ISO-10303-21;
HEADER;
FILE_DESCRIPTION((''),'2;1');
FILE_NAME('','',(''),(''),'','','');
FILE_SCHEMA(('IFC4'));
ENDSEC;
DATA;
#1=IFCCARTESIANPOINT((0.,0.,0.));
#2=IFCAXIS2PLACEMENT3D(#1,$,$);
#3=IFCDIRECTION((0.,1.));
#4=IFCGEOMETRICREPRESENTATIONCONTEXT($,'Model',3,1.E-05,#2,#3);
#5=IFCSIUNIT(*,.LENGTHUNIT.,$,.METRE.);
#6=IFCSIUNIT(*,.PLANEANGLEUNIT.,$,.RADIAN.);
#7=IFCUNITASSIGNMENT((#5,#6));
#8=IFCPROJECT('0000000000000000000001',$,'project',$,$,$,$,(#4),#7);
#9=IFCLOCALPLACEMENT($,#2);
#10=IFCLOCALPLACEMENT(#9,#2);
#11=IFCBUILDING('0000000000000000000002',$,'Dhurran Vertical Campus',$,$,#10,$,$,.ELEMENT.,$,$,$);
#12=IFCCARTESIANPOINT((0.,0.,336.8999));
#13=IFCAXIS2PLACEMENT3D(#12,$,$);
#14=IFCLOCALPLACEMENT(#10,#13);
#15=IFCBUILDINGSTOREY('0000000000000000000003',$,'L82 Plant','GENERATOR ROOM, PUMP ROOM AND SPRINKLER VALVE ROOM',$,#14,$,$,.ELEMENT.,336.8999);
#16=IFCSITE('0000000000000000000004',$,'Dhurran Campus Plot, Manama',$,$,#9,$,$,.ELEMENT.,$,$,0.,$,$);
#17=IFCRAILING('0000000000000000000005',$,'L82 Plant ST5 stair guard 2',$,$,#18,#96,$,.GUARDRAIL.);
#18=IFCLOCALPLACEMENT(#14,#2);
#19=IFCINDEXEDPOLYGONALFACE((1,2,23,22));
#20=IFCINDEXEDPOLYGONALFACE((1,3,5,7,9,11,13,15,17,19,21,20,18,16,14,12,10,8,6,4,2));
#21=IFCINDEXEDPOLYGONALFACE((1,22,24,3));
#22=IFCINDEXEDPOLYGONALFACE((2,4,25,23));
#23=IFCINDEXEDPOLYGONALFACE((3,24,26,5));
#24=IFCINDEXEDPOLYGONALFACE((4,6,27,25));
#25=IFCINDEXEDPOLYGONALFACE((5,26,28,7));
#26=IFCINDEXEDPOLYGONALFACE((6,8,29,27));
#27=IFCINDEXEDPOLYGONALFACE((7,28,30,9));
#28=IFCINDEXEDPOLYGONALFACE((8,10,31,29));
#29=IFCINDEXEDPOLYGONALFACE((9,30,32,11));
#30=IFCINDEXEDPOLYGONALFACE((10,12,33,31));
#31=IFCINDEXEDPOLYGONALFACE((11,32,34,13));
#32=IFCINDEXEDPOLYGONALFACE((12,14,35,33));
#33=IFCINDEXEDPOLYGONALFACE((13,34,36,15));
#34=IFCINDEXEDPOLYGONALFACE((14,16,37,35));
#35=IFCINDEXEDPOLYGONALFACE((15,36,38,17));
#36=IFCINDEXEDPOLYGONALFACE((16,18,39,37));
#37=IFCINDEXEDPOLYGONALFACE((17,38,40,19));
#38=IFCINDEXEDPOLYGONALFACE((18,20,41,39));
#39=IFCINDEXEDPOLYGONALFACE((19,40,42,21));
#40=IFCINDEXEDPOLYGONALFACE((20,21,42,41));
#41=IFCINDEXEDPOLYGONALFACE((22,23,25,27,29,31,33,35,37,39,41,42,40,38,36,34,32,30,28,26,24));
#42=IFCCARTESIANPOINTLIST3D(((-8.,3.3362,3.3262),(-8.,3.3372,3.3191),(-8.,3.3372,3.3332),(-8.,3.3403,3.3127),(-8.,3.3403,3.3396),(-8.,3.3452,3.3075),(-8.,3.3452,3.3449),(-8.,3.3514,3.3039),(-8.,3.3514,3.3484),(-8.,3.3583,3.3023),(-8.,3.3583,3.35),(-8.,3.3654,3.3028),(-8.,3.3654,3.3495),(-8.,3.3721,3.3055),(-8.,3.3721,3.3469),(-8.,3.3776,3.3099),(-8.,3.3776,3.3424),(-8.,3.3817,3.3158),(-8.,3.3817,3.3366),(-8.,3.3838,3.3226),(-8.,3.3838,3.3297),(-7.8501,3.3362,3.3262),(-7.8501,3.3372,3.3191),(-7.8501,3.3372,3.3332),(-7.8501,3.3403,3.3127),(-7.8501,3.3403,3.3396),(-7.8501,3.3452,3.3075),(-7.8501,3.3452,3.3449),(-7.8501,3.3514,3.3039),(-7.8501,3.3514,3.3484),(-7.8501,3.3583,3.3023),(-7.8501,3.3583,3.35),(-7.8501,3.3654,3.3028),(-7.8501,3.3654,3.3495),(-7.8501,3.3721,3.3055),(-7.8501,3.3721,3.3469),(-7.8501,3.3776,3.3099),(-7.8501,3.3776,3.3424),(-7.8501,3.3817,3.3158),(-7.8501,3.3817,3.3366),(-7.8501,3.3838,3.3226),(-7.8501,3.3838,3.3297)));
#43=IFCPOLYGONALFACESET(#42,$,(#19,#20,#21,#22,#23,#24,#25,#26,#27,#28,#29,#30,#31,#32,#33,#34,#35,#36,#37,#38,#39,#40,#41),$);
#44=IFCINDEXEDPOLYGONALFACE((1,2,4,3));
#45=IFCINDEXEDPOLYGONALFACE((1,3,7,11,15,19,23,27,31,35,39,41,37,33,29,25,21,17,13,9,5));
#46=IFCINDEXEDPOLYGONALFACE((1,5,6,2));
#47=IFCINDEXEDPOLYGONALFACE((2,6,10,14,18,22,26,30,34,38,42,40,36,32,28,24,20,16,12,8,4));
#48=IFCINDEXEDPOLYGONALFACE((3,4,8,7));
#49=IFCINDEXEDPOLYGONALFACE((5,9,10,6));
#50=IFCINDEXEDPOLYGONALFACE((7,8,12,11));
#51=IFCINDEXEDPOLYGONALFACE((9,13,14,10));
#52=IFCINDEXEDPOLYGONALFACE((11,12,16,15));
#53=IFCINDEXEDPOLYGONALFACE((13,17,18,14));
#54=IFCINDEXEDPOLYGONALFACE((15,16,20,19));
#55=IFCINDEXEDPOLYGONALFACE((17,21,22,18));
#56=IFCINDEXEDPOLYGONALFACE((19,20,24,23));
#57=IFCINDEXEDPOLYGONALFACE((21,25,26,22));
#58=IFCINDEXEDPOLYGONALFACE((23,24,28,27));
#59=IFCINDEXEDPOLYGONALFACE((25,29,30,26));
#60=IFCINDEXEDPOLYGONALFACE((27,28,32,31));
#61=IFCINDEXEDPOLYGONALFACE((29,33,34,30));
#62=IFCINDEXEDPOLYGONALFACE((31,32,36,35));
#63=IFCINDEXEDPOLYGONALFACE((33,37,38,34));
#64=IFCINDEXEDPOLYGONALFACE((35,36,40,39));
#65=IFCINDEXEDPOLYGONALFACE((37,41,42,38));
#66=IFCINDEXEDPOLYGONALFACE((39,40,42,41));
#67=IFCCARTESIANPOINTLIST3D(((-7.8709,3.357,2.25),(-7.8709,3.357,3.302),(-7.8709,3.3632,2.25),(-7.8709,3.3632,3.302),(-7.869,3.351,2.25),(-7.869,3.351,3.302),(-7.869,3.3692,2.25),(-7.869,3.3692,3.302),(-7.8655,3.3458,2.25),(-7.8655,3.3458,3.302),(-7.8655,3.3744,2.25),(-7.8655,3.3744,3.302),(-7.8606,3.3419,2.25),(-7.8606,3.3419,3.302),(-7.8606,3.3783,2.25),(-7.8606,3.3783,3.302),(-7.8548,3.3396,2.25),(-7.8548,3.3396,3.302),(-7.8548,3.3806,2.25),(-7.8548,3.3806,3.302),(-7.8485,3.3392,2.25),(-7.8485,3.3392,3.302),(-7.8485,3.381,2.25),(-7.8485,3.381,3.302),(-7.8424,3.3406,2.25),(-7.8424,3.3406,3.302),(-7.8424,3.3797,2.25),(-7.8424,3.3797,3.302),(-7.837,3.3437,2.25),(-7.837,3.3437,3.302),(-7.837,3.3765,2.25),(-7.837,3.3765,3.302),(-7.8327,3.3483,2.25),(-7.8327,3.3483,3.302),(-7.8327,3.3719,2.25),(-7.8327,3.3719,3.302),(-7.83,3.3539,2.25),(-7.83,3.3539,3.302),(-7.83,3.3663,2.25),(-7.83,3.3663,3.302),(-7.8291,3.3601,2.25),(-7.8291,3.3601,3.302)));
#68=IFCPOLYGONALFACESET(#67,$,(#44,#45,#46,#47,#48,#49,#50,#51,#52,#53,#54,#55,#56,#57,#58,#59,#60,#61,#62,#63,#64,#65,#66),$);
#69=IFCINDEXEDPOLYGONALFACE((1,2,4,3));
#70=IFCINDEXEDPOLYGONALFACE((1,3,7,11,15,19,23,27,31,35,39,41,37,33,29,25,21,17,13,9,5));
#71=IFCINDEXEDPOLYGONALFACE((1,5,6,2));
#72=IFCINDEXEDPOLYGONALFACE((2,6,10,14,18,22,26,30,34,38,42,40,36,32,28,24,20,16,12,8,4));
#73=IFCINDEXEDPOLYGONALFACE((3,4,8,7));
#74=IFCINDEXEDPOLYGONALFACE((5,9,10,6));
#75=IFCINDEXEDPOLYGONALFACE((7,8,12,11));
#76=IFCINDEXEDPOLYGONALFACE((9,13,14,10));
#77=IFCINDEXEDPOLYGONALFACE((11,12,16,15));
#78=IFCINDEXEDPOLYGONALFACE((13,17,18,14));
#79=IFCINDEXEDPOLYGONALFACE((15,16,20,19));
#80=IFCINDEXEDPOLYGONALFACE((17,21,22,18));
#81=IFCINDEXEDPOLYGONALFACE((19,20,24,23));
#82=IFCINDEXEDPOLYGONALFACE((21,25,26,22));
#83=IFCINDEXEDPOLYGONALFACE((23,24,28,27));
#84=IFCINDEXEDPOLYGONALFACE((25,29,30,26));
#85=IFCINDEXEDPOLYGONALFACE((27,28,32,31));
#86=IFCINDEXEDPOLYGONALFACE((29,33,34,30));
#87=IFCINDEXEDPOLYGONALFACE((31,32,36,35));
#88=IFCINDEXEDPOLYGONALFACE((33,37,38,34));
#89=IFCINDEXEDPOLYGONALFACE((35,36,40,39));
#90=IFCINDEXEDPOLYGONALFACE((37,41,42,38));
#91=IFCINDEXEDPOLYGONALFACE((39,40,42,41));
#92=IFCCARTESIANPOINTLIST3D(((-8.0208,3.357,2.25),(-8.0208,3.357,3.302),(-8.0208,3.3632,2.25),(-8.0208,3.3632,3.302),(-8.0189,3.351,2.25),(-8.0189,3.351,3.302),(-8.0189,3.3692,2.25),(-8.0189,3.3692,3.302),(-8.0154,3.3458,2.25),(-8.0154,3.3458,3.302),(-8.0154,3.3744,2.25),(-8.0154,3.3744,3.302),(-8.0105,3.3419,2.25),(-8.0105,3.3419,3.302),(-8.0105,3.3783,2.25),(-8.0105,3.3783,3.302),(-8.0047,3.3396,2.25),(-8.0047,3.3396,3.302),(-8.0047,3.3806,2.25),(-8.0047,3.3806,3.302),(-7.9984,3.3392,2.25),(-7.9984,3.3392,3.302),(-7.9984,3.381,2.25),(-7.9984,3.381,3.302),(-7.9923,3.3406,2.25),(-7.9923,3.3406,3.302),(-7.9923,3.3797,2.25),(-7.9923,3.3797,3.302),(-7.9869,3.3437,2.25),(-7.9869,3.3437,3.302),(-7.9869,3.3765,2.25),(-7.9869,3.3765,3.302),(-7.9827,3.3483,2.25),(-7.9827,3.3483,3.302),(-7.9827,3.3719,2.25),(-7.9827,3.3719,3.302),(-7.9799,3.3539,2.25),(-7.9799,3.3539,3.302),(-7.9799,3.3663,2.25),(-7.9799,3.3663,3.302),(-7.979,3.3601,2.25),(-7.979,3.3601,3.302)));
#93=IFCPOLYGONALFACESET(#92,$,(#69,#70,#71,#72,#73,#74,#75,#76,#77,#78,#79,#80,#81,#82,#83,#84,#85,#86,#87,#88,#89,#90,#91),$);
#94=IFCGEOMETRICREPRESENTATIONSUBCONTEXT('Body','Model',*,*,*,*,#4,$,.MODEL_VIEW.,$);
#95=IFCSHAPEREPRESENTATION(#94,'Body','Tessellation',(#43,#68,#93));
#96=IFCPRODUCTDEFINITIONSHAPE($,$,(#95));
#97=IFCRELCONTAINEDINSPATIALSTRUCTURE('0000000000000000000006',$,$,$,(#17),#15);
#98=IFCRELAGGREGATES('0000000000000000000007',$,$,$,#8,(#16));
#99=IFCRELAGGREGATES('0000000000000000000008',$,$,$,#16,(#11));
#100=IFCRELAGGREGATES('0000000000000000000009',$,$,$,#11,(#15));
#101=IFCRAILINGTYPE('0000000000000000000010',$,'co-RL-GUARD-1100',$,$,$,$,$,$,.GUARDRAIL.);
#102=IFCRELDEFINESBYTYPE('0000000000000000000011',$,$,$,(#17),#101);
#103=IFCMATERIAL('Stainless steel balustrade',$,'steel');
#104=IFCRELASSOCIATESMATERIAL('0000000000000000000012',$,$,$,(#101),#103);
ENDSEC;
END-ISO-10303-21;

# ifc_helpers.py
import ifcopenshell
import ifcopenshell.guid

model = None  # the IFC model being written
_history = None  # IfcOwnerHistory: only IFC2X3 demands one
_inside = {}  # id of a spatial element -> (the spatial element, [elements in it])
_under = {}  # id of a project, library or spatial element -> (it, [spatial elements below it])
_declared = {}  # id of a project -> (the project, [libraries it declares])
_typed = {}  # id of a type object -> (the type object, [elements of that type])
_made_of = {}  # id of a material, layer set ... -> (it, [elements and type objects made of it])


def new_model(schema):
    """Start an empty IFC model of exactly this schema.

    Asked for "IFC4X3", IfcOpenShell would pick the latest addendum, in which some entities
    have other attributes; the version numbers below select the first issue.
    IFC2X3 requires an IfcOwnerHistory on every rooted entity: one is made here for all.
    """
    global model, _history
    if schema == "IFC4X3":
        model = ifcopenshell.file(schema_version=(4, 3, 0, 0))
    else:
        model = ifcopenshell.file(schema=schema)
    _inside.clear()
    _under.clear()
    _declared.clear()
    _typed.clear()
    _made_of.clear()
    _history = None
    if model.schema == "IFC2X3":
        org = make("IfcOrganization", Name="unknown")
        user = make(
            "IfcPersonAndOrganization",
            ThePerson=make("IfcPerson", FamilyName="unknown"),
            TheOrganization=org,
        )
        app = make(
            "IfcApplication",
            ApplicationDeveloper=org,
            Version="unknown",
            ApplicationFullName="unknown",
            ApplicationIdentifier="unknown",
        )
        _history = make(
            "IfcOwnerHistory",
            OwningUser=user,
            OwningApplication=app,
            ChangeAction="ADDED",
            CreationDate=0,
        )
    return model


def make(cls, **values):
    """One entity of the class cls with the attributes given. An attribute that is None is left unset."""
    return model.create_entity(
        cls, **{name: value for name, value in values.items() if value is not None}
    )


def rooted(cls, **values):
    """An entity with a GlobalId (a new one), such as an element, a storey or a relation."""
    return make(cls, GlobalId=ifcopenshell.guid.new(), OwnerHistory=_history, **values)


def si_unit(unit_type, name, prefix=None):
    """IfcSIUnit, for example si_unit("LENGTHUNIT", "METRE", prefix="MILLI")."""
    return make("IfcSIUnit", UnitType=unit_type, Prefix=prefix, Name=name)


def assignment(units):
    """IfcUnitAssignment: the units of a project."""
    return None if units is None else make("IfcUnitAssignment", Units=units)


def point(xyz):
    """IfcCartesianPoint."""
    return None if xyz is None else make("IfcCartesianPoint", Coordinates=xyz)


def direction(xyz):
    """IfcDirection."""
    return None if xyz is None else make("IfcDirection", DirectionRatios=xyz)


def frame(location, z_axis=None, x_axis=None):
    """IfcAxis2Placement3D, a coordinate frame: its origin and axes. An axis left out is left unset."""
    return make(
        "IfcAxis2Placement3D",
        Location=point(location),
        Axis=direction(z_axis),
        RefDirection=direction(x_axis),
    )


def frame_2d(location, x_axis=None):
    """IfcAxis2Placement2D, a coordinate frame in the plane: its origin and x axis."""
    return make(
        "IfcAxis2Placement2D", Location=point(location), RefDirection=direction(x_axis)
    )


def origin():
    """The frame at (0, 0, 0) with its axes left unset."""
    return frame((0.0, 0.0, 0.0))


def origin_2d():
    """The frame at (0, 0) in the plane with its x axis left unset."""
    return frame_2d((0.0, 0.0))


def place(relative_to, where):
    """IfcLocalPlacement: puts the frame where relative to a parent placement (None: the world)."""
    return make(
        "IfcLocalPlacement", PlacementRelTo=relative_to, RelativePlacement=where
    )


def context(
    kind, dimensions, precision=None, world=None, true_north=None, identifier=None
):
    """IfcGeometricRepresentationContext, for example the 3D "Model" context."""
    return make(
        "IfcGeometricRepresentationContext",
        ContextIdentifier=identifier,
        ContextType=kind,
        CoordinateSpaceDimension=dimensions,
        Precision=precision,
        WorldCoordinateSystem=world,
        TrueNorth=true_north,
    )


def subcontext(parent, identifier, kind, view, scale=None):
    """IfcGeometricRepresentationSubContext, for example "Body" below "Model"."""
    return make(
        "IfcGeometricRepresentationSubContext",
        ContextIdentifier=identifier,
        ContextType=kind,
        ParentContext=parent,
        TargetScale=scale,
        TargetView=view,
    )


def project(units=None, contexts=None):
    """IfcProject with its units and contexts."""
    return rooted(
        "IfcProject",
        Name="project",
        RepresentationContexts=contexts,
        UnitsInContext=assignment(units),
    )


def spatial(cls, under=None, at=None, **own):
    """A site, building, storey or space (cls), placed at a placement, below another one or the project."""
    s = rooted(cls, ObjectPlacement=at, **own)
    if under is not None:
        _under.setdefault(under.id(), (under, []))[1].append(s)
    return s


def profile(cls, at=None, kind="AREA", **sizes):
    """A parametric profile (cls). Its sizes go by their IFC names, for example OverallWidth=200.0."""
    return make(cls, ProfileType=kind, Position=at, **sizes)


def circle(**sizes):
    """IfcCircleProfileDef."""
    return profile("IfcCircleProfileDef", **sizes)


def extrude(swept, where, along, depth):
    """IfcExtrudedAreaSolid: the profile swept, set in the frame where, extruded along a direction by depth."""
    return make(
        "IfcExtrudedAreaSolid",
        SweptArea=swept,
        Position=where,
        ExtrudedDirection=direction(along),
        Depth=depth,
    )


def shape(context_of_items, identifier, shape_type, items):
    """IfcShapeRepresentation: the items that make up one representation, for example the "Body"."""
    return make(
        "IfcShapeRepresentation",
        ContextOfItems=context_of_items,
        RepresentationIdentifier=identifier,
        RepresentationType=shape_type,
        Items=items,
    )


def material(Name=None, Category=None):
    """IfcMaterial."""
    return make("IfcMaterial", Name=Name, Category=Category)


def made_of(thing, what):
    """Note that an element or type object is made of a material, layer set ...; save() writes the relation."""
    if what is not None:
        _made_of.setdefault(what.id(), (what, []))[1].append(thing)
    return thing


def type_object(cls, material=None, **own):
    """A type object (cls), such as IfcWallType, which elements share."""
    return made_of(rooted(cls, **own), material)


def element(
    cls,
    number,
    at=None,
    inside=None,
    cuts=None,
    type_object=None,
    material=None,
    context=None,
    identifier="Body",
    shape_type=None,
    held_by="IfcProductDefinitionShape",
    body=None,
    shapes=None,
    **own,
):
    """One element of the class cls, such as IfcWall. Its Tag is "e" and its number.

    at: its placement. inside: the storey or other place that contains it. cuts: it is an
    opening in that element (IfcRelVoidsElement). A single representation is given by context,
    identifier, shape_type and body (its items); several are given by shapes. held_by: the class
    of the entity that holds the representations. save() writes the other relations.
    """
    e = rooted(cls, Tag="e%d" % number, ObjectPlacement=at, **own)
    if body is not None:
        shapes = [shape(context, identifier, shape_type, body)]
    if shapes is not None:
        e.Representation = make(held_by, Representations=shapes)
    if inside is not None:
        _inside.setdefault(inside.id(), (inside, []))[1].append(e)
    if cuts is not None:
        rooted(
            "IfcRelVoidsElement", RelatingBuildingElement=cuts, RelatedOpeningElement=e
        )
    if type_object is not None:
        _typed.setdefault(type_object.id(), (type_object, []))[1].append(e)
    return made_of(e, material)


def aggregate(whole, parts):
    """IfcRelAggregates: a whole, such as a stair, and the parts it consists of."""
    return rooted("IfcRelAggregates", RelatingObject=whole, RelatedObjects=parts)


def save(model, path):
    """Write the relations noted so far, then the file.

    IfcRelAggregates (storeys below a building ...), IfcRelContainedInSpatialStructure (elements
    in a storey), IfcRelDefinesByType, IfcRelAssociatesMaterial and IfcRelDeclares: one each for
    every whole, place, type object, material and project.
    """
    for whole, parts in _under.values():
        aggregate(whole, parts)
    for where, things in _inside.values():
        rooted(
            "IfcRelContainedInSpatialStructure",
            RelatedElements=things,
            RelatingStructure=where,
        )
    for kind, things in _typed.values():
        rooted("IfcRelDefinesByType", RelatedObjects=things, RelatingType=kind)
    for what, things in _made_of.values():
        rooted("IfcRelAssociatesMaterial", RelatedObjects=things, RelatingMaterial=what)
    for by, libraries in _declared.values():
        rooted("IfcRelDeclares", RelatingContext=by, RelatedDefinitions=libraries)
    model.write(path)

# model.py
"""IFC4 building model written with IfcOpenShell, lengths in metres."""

from ifc_helpers import new_model, si_unit, direction, frame, origin, origin_2d, place, context, subcontext, project, spatial, circle, extrude, material, type_object, element, save


model = new_model("IFC4")

# Units and contexts
model_context = context("Model", 3, precision=1e-05, world=origin(), true_north=direction((0.0, 1.0)))
body_context = subcontext(model_context, "Body", "Model", "MODEL_VIEW")
ifc_project = project(units=[si_unit("LENGTHUNIT", "METRE"), si_unit("PLANEANGLEUNIT", "RADIAN")], contexts=[model_context])

# Site, building, storey
site_placement = place(None, origin())
site = spatial("IfcSite", under=ifc_project, at=site_placement, Name="Dhurran Campus Plot, Manama", CompositionType="ELEMENT", RefElevation=0.0)
building_placement = place(site_placement, origin())
building = spatial("IfcBuilding", under=site, at=building_placement, Name="Dhurran Vertical Campus", CompositionType="ELEMENT")
storey_placement = place(building_placement, frame((0.0, 0.0, 336.8999)))
storey = spatial("IfcBuildingStorey", under=building, at=storey_placement, Name="L82 Plant", Description="GENERATOR ROOM, PUMP ROOM AND SPRINKLER VALVE ROOM", CompositionType="ELEMENT", Elevation=336.8999)

# Railing
ifc_material_1 = material(Name="Stainless steel balustrade", Category="steel")
railing_type_1 = type_object("IfcRailingType", Name="co-RL-GUARD-1100", PredefinedType="GUARDRAIL", material=ifc_material_1)
railing_1_placement = place(storey_placement, frame((-7.8501, 3.3601, 2.25)))
element("IfcRailing", 1, at=railing_1_placement, inside=storey, type_object=railing_type_1, Name="L82 Plant ST5 stair guard 2", PredefinedType="GUARDRAIL", context=body_context, shape_type="SweptSolid", body=[
    extrude(circle(Radius=0.0239, at=origin_2d()), frame((0.0, 0.0, 1.0762), z_axis=(-1.0, 0.0, 0.0), x_axis=(0.0, -1.0, 0.0)), (0.0, 0.0, 1.0), 0.1499),
    extrude(circle(Radius=0.021, at=origin_2d()), origin(), (0.0, 0.0, 1.0), 1.052),
    extrude(circle(Radius=0.021, at=origin_2d()), frame((-0.1499, 0.0, 0.0)), (0.0, 0.0, 1.0), 1.052),
])

save(model, "model.ifc")
